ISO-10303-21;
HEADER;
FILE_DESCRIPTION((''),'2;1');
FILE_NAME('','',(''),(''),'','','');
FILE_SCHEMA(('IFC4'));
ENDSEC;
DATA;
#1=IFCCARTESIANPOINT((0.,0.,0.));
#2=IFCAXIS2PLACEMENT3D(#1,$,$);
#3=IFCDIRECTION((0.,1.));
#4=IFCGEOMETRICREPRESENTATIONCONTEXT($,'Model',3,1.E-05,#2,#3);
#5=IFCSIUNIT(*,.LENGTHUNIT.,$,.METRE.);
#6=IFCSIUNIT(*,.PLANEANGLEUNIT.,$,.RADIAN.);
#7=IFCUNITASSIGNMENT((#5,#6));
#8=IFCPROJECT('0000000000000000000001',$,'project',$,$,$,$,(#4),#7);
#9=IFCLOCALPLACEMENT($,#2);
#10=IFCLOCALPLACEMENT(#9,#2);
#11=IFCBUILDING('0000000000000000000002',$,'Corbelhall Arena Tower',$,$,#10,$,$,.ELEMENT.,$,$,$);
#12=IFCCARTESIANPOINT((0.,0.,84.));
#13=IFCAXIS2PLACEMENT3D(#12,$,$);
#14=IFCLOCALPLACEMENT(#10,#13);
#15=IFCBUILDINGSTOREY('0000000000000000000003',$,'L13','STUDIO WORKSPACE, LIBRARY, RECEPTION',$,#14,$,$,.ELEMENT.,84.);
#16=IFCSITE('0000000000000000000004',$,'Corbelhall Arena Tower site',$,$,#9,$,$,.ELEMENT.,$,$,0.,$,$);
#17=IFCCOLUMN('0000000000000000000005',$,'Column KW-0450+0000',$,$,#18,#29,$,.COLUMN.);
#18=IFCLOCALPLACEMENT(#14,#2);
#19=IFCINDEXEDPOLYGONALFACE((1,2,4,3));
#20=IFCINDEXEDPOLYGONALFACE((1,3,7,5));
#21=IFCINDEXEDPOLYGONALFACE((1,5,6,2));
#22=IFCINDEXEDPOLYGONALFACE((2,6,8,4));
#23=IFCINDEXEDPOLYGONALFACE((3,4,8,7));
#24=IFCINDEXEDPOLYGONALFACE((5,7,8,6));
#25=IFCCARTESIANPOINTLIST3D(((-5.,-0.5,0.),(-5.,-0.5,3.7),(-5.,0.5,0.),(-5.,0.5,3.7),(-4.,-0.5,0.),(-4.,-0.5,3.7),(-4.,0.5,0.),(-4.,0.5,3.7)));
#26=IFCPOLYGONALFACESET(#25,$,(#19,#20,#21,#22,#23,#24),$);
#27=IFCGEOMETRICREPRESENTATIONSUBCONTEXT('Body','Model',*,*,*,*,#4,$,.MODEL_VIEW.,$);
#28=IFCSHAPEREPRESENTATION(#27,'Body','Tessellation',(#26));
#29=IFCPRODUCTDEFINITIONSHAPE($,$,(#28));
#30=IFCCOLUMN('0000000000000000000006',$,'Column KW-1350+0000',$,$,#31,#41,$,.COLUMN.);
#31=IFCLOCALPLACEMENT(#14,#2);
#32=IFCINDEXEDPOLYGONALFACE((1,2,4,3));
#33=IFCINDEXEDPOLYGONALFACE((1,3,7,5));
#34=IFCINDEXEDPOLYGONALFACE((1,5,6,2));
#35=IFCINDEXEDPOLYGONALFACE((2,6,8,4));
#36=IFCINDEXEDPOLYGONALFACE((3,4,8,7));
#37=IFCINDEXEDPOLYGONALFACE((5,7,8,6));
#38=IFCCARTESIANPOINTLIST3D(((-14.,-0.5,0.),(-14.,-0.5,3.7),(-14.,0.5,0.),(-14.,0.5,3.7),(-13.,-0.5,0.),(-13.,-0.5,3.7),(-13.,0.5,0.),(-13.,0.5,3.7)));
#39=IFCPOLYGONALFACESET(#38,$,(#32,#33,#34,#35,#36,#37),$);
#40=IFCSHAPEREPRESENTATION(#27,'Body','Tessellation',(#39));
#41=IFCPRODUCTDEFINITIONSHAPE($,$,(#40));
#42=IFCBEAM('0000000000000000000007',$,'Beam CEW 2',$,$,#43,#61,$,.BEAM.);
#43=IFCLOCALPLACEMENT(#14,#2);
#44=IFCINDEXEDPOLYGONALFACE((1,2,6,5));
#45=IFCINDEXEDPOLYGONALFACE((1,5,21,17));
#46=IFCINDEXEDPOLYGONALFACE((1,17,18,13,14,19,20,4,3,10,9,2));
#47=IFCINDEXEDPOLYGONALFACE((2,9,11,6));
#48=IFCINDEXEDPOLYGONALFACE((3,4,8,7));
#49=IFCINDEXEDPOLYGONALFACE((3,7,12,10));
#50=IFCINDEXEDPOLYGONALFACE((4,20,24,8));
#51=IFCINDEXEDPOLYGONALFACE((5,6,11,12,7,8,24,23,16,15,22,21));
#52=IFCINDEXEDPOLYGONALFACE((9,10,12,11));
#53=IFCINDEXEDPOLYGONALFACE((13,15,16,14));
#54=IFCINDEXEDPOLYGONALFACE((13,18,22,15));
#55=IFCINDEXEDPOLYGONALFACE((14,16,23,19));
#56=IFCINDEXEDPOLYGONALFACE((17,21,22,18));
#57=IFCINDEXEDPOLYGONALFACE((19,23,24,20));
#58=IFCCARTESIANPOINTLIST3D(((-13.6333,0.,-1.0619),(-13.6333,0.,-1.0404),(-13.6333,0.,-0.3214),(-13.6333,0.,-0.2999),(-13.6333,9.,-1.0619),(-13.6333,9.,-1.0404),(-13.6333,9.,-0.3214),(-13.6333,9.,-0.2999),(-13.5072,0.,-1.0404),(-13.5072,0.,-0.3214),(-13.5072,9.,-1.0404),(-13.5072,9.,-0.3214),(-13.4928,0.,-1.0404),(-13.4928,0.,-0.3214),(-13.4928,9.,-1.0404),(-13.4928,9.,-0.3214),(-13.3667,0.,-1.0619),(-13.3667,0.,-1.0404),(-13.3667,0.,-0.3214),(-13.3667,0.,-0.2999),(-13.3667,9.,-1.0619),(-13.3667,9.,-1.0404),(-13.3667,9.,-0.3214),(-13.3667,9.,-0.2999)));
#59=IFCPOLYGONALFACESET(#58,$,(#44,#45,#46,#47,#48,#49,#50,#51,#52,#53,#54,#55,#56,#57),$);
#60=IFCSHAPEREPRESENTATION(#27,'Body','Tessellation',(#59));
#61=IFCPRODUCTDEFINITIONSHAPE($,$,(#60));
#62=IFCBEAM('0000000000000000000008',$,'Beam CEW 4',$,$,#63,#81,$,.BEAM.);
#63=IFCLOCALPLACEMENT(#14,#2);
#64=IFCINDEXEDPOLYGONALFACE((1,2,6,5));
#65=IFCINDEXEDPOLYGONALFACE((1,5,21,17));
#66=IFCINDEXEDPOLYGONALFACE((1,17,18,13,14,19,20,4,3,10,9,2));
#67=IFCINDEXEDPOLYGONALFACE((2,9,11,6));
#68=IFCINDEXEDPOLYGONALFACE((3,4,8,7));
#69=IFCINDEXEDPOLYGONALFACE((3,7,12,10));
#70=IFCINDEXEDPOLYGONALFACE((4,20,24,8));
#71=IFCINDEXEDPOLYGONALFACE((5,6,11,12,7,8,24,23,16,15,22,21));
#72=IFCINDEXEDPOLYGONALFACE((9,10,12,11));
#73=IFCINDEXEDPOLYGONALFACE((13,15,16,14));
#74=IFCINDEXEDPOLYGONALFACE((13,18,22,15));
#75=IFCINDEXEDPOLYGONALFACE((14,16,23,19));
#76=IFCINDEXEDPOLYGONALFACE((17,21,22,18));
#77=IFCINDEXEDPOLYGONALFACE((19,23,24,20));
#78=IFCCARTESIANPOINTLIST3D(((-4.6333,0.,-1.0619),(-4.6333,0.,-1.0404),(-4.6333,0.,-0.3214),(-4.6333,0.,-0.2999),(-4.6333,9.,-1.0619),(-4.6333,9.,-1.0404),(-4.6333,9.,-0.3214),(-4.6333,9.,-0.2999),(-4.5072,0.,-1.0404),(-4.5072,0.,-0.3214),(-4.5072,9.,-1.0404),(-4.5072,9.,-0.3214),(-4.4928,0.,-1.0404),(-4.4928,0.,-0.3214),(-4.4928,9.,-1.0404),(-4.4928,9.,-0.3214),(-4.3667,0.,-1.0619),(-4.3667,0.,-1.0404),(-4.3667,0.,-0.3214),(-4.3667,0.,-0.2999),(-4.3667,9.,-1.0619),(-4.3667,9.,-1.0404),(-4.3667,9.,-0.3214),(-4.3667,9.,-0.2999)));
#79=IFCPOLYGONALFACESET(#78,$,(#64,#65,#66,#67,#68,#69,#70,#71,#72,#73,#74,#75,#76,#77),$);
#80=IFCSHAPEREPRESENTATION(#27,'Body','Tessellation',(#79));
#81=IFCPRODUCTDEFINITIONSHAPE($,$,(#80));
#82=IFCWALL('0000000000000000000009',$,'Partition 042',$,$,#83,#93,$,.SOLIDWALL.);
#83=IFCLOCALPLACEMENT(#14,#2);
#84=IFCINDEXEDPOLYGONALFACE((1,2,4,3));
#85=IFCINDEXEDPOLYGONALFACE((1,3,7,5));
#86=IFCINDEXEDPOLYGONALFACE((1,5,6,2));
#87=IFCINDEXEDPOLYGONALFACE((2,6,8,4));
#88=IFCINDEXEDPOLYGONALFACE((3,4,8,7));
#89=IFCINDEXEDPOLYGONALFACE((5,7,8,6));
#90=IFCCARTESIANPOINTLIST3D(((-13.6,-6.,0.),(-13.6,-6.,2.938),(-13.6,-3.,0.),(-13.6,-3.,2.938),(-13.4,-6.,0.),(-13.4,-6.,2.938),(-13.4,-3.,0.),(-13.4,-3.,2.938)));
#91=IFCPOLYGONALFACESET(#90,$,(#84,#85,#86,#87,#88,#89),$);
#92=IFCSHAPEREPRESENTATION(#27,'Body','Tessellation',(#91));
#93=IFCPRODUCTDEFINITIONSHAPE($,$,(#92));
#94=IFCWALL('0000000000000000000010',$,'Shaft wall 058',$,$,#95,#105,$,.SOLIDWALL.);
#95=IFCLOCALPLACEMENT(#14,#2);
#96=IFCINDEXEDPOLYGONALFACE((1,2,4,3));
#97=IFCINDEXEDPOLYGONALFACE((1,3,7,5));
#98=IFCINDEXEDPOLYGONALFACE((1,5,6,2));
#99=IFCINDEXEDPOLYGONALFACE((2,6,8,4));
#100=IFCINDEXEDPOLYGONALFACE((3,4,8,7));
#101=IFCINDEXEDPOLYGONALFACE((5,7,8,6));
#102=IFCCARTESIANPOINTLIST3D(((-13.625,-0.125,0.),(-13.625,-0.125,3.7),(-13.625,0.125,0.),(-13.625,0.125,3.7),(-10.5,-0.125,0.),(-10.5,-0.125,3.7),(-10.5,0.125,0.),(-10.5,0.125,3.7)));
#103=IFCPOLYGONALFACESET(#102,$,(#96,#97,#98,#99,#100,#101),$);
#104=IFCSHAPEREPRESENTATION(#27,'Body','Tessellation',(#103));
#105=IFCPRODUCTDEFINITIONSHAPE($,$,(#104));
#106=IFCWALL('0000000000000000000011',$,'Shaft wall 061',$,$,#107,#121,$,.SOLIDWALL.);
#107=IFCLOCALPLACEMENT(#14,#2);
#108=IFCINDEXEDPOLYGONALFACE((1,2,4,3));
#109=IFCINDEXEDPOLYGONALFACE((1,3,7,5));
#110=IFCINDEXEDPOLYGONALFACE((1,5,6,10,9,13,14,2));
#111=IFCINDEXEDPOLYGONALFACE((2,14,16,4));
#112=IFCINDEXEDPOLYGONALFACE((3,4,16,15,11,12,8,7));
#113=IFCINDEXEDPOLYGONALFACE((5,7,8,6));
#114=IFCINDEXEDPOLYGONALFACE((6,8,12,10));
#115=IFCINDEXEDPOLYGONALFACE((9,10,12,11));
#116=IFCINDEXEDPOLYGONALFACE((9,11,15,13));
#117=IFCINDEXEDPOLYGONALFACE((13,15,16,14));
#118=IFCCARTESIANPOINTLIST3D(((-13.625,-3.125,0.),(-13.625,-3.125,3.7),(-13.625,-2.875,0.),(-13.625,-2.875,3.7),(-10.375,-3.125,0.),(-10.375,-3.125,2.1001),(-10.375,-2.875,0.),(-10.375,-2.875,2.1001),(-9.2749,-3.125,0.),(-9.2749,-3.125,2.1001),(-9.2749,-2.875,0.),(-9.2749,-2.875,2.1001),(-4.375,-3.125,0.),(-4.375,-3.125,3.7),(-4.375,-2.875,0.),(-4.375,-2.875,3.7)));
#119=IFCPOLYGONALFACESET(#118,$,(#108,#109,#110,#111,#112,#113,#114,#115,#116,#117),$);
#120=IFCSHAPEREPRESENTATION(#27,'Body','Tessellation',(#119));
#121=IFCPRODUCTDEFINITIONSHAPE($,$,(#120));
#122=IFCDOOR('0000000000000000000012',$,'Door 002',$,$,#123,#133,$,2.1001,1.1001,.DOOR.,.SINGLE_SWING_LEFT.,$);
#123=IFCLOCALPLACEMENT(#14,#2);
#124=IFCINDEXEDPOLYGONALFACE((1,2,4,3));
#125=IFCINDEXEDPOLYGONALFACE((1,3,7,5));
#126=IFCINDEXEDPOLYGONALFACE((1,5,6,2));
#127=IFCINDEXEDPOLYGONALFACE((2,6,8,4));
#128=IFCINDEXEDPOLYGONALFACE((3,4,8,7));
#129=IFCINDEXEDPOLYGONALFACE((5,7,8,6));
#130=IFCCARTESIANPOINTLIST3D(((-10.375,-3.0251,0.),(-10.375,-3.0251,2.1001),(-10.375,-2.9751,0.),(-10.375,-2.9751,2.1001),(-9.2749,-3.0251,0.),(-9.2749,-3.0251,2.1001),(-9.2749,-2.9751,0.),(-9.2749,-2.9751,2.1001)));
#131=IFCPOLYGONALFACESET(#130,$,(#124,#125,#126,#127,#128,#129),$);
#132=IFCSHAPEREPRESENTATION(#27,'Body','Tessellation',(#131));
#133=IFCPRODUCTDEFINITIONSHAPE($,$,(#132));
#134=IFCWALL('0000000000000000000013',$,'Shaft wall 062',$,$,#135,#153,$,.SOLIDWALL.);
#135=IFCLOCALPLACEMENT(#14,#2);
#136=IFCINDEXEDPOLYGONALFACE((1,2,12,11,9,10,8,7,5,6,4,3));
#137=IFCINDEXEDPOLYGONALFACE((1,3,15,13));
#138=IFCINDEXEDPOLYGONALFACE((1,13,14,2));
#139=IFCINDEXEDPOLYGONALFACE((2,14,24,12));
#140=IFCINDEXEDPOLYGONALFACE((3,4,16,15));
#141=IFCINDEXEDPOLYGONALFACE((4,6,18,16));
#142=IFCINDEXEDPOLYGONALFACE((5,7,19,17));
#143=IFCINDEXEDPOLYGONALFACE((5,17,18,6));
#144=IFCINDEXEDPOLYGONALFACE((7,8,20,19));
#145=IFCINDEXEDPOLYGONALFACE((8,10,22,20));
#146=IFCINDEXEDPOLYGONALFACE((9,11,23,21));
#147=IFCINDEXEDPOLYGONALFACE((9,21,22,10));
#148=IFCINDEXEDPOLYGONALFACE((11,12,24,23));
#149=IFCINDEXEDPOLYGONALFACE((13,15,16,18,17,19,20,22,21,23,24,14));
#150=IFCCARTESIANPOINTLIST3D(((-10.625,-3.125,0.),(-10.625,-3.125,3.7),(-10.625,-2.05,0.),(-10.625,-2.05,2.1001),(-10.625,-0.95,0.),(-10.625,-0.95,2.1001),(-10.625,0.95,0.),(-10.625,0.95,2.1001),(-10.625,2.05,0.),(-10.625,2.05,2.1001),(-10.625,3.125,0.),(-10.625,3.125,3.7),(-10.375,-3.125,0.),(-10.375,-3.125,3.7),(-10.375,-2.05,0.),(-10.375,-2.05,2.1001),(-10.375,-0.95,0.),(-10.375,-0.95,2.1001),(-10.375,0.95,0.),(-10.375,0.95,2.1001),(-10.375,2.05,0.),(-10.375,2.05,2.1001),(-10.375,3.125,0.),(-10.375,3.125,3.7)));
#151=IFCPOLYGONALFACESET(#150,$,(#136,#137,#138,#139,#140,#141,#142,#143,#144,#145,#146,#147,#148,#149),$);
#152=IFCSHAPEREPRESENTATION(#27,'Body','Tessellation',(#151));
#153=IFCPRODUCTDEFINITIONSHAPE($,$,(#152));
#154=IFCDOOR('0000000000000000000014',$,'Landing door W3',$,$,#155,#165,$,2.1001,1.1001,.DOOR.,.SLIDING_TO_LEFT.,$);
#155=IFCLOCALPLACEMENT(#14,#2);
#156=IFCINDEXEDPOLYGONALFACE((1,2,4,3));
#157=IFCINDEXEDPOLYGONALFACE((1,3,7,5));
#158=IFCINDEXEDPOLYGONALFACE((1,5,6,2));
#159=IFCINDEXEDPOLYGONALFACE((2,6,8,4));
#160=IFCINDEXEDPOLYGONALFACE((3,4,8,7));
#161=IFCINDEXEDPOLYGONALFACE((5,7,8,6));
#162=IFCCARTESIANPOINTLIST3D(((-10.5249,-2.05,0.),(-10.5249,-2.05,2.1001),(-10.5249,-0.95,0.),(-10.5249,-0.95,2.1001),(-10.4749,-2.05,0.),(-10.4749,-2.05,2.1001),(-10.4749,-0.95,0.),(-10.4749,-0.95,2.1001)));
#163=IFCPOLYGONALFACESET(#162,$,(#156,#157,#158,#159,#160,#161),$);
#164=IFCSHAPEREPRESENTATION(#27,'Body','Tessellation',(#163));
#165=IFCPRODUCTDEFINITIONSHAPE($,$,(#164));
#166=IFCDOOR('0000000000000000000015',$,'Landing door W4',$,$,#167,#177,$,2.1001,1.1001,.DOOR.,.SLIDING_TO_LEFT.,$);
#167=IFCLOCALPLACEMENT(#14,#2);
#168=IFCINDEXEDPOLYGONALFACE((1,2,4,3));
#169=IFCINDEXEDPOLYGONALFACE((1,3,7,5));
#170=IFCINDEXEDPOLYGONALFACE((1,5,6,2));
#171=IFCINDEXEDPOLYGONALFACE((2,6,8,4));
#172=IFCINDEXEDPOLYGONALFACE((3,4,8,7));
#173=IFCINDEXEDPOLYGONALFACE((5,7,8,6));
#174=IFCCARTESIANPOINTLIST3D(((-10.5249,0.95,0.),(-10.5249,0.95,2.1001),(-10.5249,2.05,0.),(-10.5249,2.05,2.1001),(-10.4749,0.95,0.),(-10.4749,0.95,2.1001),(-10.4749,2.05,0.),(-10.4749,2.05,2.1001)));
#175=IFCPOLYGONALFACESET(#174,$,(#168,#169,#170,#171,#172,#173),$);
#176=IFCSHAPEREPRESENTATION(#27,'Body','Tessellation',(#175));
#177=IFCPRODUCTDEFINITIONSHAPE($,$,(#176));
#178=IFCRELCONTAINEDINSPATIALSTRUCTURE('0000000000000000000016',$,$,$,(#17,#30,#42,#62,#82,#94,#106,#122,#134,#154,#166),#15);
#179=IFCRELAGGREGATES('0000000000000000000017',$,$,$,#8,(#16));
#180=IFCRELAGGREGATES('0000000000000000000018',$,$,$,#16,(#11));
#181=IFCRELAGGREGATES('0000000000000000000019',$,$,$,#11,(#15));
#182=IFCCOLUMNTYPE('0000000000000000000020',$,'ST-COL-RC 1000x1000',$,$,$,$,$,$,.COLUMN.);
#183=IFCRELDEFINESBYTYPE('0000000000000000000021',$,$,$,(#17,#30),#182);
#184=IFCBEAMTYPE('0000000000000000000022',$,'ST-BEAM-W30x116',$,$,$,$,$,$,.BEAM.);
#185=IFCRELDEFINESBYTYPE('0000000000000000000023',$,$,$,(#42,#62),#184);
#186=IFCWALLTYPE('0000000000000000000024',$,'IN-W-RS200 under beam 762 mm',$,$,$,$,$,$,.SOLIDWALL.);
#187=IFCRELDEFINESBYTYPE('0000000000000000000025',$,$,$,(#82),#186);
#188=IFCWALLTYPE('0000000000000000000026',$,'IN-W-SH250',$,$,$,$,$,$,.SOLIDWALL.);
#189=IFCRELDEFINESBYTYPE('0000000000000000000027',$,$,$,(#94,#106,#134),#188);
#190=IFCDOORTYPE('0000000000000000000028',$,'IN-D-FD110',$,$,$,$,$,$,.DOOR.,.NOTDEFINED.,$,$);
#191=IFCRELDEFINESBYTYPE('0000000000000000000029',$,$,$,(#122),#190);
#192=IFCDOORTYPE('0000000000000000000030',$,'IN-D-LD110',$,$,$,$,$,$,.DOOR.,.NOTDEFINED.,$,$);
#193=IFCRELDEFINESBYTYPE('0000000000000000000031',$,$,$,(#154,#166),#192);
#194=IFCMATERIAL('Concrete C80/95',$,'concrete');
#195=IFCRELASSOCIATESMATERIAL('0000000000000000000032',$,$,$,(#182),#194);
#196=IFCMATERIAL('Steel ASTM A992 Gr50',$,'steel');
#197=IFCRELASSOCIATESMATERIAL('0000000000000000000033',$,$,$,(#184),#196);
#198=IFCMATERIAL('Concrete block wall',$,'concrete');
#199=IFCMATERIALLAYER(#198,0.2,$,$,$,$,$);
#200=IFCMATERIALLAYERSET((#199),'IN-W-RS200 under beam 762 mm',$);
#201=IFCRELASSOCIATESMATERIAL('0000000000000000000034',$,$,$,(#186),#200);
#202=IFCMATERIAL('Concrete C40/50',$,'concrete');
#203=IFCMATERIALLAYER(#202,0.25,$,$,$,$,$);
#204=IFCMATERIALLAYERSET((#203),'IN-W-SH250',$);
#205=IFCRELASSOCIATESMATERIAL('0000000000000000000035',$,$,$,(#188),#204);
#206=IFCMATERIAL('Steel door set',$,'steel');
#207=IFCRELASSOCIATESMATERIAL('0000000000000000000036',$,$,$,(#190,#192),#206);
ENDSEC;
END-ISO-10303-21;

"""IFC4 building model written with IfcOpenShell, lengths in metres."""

from ifc_helpers import new_model, si_unit, direction, frame, frame_2d, origin, origin_2d, place, context, subcontext, project, spatial, rectangle, i_section, extrude, material, layer, layer_set, material_profile, profile_set, type_object, element, fill, save


model = new_model("IFC4")

# Units and contexts
model_context = context("Model", 3, precision=1e-05, world=origin(), true_north=direction((0.0, 1.0)))
body_context = subcontext(model_context, "Body", "Model", "MODEL_VIEW")
ifc_project = project(units=[si_unit("LENGTHUNIT", "METRE"), si_unit("PLANEANGLEUNIT", "RADIAN")], contexts=[model_context])

# Site, building, storey
site_placement = place(None, origin())
site = spatial("IfcSite", under=ifc_project, at=site_placement, Name="Corbelhall Arena Tower site", CompositionType="ELEMENT", RefElevation=0.0)
building_placement = place(site_placement, origin())
building = spatial("IfcBuilding", under=site, at=building_placement, Name="Corbelhall Arena Tower", CompositionType="ELEMENT")
storey_placement = place(building_placement, frame((0.0, 0.0, 84.0)))
storey = spatial("IfcBuildingStorey", under=building, at=storey_placement, Name="L13", Description="STUDIO WORKSPACE, LIBRARY, RECEPTION", CompositionType="ELEMENT", Elevation=84.0)

# Columns
ifc_material_1 = material(Name="Concrete C80/95", Category="concrete")
ifc_material_profile_1 = material_profile(ifc_material_1, rectangle(XDim=1.0, YDim=1.0, at=origin_2d()))
ifc_profile_set_1 = profile_set([ifc_material_profile_1], Name="Concrete C80/95")
column_type = type_object("IfcColumnType", Name="ST-COL-RC 1000x1000", PredefinedType="COLUMN", material=ifc_profile_set_1)
for number, where, z_axis, x_axis, name in (
    (1, (-4.5, 0.0, 0.0), (0.0, 0.0, 1.0), (1.0, 0.0, 0.0), "Column KW-0450+0000"),
    (2, (-13.5, 0.0, 0.0), (0.0, 0.0, 1.0), (1.0, 0.0, 0.0), "Column KW-1350+0000"),
):
    element("IfcColumn", number, at=place(storey_placement, frame(where, z_axis=z_axis, x_axis=x_axis)), inside=storey, type_object=column_type, Name=name, PredefinedType="COLUMN", context=body_context, shape_type="SweptSolid", body=[
        extrude(rectangle(XDim=1.0, YDim=1.0, at=origin_2d()), origin(), (0.0, 0.0, 1.0), 3.7),
    ])

# Beams
ifc_material_2 = material(Name="Steel ASTM A992 Gr50", Category="steel")
ifc_material_profile_2 = material_profile(ifc_material_2, i_section(OverallWidth=0.2666, OverallDepth=0.762, WebThickness=0.0144, FlangeThickness=0.0215, at=origin_2d()))
ifc_profile_set_2 = profile_set([ifc_material_profile_2], Name="Steel ASTM A992 Gr50")
beam_type = type_object("IfcBeamType", Name="ST-BEAM-W30x116", PredefinedType="BEAM", material=ifc_profile_set_2)
for number, where, z_axis, x_axis, name in (
    (3, (-13.5, 0.0, -0.6809), (0.0, 1.0, 0.0), (-1.0, 0.0, 0.0), "Beam CEW 2"),
    (4, (-4.5, 0.0, -0.6809), (0.0, 1.0, 0.0), (-1.0, 0.0, 0.0), "Beam CEW 4"),
):
    element("IfcBeam", number, at=place(storey_placement, frame(where, z_axis=z_axis, x_axis=x_axis)), inside=storey, type_object=beam_type, Name=name, PredefinedType="BEAM", context=body_context, shape_type="SweptSolid", body=[
        extrude(i_section(OverallWidth=0.2666, OverallDepth=0.762, WebThickness=0.0144, FlangeThickness=0.0215, at=origin_2d()), origin(), (0.0, 0.0, 1.0), 9.0),
    ])

# Walls
ifc_material_3 = material(Name="Concrete block wall", Category="concrete")
ifc_layer_1 = layer(ifc_material_3, 0.2)
ifc_layer_set_1 = layer_set([ifc_layer_1], Name="IN-W-RS200 under beam 762 mm")
wall_type_1 = type_object("IfcWallType", Name="IN-W-RS200 under beam 762 mm", PredefinedType="SOLIDWALL", material=ifc_layer_set_1)
wall_1_placement = place(storey_placement, frame((-13.5, -6.0, 0.0), z_axis=(0.0, 0.0, 1.0), x_axis=(0.0, 1.0, 0.0)))
element("IfcWall", 5, at=wall_1_placement, inside=storey, type_object=wall_type_1, Name="Partition 042", PredefinedType="SOLIDWALL", context=body_context, shape_type="SweptSolid", body=[
    extrude(rectangle(XDim=3.0, YDim=0.2, at=frame_2d((1.5, 0.0))), origin(), (0.0, 0.0, 1.0), 2.938),
])
ifc_material_4 = material(Name="Concrete C40/50", Category="concrete")
ifc_layer_2 = layer(ifc_material_4, 0.25)
ifc_layer_set_2 = layer_set([ifc_layer_2], Name="IN-W-SH250")
wall_type_2 = type_object("IfcWallType", Name="IN-W-SH250", PredefinedType="SOLIDWALL", material=ifc_layer_set_2)
wall_2_placement = place(storey_placement, frame((-13.625, 0.0, 0.0), z_axis=(0.0, 0.0, 1.0), x_axis=(1.0, 0.0, 0.0)))
element("IfcWall", 6, at=wall_2_placement, inside=storey, type_object=wall_type_2, Name="Shaft wall 058", PredefinedType="SOLIDWALL", context=body_context, shape_type="SweptSolid", body=[
    extrude(rectangle(XDim=3.125, YDim=0.25, at=frame_2d((1.5625, 0.0))), origin(), (0.0, 0.0, 1.0), 3.7),
])

# Wall, opening, door
wall_3_placement = place(storey_placement, frame((-13.625, -3.0, 0.0), z_axis=(0.0, 0.0, 1.0), x_axis=(1.0, 0.0, 0.0)))
wall_3 = element("IfcWall", 7, at=wall_3_placement, inside=storey, type_object=wall_type_2, Name="Shaft wall 061", PredefinedType="SOLIDWALL", context=body_context, shape_type="SweptSolid", body=[
    extrude(rectangle(XDim=9.25, YDim=0.25, at=frame_2d((4.625, 0.0))), origin(), (0.0, 0.0, 1.0), 3.7),
])
opening_1_placement = place(wall_3_placement, frame((3.25, 0.0, 0.0)))
opening_1 = element("IfcOpeningElement", 8, at=opening_1_placement, cuts=wall_3, PredefinedType="OPENING", context=body_context, shape_type="SweptSolid", body=[
    extrude(rectangle(XDim=1.1001, YDim=2.1001, at=frame_2d((0.55, 1.05))), frame((0.0, 0.125, 0.0), z_axis=(0.0, -1.0, 0.0), x_axis=(1.0, 0.0, 0.0)), (0.0, 0.0, 1.0), 0.25),
])
ifc_material_5 = material(Name="Steel door set", Category="steel")
door_type_1 = type_object("IfcDoorType", Name="IN-D-FD110", OperationType="NOTDEFINED", PredefinedType="DOOR", material=ifc_material_5)
door_1_placement = place(opening_1_placement, origin())
door_1 = element("IfcDoor", 9, at=door_1_placement, inside=storey, type_object=door_type_1, Name="Door 002", OperationType="SINGLE_SWING_LEFT", OverallHeight=2.1001, OverallWidth=1.1001, PredefinedType="DOOR", context=body_context, shape_type="SweptSolid", body=[
    extrude(rectangle(XDim=1.1001, YDim=2.1001, at=frame_2d((0.55, 1.05))), frame((0.0, 0.0249, 0.0), z_axis=(0.0, -1.0, 0.0), x_axis=(1.0, 0.0, 0.0)), (0.0, 0.0, 1.0), 0.05),
])
fill(opening_1, door_1)

# Wall, openings, doors
wall_4_placement = place(storey_placement, frame((-10.5, -3.125, 0.0), z_axis=(0.0, 0.0, 1.0), x_axis=(0.0, 1.0, 0.0)))
wall_4 = element("IfcWall", 10, at=wall_4_placement, inside=storey, type_object=wall_type_2, Name="Shaft wall 062", PredefinedType="SOLIDWALL", context=body_context, shape_type="SweptSolid", body=[
    extrude(rectangle(XDim=6.25, YDim=0.25, at=frame_2d((3.125, 0.0))), origin(), (0.0, 0.0, 1.0), 3.7),
])
opening_2_placement = place(wall_4_placement, frame((1.075, 0.0, 0.0)))
opening_2 = element("IfcOpeningElement", 11, at=opening_2_placement, cuts=wall_4, PredefinedType="OPENING", context=body_context, shape_type="SweptSolid", body=[
    extrude(rectangle(XDim=1.1001, YDim=2.1001, at=frame_2d((0.55, 1.05))), frame((0.0, 0.125, 0.0), z_axis=(0.0, -1.0, 0.0), x_axis=(1.0, 0.0, 0.0)), (0.0, 0.0, 1.0), 0.25),
])
opening_3_placement = place(wall_4_placement, frame((4.075, 0.0, 0.0)))
opening_3 = element("IfcOpeningElement", 12, at=opening_3_placement, cuts=wall_4, PredefinedType="OPENING", context=body_context, shape_type="SweptSolid", body=[
    extrude(rectangle(XDim=1.1001, YDim=2.1001, at=frame_2d((0.55, 1.05))), frame((0.0, 0.125, 0.0), z_axis=(0.0, -1.0, 0.0), x_axis=(1.0, 0.0, 0.0)), (0.0, 0.0, 1.0), 0.25),
])
door_type_2 = type_object("IfcDoorType", Name="IN-D-LD110", OperationType="NOTDEFINED", PredefinedType="DOOR", material=ifc_material_5)
door_2_placement = place(opening_2_placement, origin())
door_2 = element("IfcDoor", 13, at=door_2_placement, inside=storey, type_object=door_type_2, Name="Landing door W3", OperationType="SLIDING_TO_LEFT", OverallHeight=2.1001, OverallWidth=1.1001, PredefinedType="DOOR", context=body_context, shape_type="SweptSolid", body=[
    extrude(rectangle(XDim=1.1001, YDim=2.1001, at=frame_2d((0.55, 1.05))), frame((0.0, 0.0249, 0.0), z_axis=(0.0, -1.0, 0.0), x_axis=(1.0, 0.0, 0.0)), (0.0, 0.0, 1.0), 0.05),
])
fill(opening_2, door_2)
door_3_placement = place(opening_3_placement, origin())
door_3 = element("IfcDoor", 14, at=door_3_placement, inside=storey, type_object=door_type_2, Name="Landing door W4", OperationType="SLIDING_TO_LEFT", OverallHeight=2.1001, OverallWidth=1.1001, PredefinedType="DOOR", context=body_context, shape_type="SweptSolid", body=[
    extrude(rectangle(XDim=1.1001, YDim=2.1001, at=frame_2d((0.55, 1.05))), frame((0.0, 0.0249, 0.0), z_axis=(0.0, -1.0, 0.0), x_axis=(1.0, 0.0, 0.0)), (0.0, 0.0, 1.0), 0.05),
])
fill(opening_3, door_3)

save(model, "model.ifc")
